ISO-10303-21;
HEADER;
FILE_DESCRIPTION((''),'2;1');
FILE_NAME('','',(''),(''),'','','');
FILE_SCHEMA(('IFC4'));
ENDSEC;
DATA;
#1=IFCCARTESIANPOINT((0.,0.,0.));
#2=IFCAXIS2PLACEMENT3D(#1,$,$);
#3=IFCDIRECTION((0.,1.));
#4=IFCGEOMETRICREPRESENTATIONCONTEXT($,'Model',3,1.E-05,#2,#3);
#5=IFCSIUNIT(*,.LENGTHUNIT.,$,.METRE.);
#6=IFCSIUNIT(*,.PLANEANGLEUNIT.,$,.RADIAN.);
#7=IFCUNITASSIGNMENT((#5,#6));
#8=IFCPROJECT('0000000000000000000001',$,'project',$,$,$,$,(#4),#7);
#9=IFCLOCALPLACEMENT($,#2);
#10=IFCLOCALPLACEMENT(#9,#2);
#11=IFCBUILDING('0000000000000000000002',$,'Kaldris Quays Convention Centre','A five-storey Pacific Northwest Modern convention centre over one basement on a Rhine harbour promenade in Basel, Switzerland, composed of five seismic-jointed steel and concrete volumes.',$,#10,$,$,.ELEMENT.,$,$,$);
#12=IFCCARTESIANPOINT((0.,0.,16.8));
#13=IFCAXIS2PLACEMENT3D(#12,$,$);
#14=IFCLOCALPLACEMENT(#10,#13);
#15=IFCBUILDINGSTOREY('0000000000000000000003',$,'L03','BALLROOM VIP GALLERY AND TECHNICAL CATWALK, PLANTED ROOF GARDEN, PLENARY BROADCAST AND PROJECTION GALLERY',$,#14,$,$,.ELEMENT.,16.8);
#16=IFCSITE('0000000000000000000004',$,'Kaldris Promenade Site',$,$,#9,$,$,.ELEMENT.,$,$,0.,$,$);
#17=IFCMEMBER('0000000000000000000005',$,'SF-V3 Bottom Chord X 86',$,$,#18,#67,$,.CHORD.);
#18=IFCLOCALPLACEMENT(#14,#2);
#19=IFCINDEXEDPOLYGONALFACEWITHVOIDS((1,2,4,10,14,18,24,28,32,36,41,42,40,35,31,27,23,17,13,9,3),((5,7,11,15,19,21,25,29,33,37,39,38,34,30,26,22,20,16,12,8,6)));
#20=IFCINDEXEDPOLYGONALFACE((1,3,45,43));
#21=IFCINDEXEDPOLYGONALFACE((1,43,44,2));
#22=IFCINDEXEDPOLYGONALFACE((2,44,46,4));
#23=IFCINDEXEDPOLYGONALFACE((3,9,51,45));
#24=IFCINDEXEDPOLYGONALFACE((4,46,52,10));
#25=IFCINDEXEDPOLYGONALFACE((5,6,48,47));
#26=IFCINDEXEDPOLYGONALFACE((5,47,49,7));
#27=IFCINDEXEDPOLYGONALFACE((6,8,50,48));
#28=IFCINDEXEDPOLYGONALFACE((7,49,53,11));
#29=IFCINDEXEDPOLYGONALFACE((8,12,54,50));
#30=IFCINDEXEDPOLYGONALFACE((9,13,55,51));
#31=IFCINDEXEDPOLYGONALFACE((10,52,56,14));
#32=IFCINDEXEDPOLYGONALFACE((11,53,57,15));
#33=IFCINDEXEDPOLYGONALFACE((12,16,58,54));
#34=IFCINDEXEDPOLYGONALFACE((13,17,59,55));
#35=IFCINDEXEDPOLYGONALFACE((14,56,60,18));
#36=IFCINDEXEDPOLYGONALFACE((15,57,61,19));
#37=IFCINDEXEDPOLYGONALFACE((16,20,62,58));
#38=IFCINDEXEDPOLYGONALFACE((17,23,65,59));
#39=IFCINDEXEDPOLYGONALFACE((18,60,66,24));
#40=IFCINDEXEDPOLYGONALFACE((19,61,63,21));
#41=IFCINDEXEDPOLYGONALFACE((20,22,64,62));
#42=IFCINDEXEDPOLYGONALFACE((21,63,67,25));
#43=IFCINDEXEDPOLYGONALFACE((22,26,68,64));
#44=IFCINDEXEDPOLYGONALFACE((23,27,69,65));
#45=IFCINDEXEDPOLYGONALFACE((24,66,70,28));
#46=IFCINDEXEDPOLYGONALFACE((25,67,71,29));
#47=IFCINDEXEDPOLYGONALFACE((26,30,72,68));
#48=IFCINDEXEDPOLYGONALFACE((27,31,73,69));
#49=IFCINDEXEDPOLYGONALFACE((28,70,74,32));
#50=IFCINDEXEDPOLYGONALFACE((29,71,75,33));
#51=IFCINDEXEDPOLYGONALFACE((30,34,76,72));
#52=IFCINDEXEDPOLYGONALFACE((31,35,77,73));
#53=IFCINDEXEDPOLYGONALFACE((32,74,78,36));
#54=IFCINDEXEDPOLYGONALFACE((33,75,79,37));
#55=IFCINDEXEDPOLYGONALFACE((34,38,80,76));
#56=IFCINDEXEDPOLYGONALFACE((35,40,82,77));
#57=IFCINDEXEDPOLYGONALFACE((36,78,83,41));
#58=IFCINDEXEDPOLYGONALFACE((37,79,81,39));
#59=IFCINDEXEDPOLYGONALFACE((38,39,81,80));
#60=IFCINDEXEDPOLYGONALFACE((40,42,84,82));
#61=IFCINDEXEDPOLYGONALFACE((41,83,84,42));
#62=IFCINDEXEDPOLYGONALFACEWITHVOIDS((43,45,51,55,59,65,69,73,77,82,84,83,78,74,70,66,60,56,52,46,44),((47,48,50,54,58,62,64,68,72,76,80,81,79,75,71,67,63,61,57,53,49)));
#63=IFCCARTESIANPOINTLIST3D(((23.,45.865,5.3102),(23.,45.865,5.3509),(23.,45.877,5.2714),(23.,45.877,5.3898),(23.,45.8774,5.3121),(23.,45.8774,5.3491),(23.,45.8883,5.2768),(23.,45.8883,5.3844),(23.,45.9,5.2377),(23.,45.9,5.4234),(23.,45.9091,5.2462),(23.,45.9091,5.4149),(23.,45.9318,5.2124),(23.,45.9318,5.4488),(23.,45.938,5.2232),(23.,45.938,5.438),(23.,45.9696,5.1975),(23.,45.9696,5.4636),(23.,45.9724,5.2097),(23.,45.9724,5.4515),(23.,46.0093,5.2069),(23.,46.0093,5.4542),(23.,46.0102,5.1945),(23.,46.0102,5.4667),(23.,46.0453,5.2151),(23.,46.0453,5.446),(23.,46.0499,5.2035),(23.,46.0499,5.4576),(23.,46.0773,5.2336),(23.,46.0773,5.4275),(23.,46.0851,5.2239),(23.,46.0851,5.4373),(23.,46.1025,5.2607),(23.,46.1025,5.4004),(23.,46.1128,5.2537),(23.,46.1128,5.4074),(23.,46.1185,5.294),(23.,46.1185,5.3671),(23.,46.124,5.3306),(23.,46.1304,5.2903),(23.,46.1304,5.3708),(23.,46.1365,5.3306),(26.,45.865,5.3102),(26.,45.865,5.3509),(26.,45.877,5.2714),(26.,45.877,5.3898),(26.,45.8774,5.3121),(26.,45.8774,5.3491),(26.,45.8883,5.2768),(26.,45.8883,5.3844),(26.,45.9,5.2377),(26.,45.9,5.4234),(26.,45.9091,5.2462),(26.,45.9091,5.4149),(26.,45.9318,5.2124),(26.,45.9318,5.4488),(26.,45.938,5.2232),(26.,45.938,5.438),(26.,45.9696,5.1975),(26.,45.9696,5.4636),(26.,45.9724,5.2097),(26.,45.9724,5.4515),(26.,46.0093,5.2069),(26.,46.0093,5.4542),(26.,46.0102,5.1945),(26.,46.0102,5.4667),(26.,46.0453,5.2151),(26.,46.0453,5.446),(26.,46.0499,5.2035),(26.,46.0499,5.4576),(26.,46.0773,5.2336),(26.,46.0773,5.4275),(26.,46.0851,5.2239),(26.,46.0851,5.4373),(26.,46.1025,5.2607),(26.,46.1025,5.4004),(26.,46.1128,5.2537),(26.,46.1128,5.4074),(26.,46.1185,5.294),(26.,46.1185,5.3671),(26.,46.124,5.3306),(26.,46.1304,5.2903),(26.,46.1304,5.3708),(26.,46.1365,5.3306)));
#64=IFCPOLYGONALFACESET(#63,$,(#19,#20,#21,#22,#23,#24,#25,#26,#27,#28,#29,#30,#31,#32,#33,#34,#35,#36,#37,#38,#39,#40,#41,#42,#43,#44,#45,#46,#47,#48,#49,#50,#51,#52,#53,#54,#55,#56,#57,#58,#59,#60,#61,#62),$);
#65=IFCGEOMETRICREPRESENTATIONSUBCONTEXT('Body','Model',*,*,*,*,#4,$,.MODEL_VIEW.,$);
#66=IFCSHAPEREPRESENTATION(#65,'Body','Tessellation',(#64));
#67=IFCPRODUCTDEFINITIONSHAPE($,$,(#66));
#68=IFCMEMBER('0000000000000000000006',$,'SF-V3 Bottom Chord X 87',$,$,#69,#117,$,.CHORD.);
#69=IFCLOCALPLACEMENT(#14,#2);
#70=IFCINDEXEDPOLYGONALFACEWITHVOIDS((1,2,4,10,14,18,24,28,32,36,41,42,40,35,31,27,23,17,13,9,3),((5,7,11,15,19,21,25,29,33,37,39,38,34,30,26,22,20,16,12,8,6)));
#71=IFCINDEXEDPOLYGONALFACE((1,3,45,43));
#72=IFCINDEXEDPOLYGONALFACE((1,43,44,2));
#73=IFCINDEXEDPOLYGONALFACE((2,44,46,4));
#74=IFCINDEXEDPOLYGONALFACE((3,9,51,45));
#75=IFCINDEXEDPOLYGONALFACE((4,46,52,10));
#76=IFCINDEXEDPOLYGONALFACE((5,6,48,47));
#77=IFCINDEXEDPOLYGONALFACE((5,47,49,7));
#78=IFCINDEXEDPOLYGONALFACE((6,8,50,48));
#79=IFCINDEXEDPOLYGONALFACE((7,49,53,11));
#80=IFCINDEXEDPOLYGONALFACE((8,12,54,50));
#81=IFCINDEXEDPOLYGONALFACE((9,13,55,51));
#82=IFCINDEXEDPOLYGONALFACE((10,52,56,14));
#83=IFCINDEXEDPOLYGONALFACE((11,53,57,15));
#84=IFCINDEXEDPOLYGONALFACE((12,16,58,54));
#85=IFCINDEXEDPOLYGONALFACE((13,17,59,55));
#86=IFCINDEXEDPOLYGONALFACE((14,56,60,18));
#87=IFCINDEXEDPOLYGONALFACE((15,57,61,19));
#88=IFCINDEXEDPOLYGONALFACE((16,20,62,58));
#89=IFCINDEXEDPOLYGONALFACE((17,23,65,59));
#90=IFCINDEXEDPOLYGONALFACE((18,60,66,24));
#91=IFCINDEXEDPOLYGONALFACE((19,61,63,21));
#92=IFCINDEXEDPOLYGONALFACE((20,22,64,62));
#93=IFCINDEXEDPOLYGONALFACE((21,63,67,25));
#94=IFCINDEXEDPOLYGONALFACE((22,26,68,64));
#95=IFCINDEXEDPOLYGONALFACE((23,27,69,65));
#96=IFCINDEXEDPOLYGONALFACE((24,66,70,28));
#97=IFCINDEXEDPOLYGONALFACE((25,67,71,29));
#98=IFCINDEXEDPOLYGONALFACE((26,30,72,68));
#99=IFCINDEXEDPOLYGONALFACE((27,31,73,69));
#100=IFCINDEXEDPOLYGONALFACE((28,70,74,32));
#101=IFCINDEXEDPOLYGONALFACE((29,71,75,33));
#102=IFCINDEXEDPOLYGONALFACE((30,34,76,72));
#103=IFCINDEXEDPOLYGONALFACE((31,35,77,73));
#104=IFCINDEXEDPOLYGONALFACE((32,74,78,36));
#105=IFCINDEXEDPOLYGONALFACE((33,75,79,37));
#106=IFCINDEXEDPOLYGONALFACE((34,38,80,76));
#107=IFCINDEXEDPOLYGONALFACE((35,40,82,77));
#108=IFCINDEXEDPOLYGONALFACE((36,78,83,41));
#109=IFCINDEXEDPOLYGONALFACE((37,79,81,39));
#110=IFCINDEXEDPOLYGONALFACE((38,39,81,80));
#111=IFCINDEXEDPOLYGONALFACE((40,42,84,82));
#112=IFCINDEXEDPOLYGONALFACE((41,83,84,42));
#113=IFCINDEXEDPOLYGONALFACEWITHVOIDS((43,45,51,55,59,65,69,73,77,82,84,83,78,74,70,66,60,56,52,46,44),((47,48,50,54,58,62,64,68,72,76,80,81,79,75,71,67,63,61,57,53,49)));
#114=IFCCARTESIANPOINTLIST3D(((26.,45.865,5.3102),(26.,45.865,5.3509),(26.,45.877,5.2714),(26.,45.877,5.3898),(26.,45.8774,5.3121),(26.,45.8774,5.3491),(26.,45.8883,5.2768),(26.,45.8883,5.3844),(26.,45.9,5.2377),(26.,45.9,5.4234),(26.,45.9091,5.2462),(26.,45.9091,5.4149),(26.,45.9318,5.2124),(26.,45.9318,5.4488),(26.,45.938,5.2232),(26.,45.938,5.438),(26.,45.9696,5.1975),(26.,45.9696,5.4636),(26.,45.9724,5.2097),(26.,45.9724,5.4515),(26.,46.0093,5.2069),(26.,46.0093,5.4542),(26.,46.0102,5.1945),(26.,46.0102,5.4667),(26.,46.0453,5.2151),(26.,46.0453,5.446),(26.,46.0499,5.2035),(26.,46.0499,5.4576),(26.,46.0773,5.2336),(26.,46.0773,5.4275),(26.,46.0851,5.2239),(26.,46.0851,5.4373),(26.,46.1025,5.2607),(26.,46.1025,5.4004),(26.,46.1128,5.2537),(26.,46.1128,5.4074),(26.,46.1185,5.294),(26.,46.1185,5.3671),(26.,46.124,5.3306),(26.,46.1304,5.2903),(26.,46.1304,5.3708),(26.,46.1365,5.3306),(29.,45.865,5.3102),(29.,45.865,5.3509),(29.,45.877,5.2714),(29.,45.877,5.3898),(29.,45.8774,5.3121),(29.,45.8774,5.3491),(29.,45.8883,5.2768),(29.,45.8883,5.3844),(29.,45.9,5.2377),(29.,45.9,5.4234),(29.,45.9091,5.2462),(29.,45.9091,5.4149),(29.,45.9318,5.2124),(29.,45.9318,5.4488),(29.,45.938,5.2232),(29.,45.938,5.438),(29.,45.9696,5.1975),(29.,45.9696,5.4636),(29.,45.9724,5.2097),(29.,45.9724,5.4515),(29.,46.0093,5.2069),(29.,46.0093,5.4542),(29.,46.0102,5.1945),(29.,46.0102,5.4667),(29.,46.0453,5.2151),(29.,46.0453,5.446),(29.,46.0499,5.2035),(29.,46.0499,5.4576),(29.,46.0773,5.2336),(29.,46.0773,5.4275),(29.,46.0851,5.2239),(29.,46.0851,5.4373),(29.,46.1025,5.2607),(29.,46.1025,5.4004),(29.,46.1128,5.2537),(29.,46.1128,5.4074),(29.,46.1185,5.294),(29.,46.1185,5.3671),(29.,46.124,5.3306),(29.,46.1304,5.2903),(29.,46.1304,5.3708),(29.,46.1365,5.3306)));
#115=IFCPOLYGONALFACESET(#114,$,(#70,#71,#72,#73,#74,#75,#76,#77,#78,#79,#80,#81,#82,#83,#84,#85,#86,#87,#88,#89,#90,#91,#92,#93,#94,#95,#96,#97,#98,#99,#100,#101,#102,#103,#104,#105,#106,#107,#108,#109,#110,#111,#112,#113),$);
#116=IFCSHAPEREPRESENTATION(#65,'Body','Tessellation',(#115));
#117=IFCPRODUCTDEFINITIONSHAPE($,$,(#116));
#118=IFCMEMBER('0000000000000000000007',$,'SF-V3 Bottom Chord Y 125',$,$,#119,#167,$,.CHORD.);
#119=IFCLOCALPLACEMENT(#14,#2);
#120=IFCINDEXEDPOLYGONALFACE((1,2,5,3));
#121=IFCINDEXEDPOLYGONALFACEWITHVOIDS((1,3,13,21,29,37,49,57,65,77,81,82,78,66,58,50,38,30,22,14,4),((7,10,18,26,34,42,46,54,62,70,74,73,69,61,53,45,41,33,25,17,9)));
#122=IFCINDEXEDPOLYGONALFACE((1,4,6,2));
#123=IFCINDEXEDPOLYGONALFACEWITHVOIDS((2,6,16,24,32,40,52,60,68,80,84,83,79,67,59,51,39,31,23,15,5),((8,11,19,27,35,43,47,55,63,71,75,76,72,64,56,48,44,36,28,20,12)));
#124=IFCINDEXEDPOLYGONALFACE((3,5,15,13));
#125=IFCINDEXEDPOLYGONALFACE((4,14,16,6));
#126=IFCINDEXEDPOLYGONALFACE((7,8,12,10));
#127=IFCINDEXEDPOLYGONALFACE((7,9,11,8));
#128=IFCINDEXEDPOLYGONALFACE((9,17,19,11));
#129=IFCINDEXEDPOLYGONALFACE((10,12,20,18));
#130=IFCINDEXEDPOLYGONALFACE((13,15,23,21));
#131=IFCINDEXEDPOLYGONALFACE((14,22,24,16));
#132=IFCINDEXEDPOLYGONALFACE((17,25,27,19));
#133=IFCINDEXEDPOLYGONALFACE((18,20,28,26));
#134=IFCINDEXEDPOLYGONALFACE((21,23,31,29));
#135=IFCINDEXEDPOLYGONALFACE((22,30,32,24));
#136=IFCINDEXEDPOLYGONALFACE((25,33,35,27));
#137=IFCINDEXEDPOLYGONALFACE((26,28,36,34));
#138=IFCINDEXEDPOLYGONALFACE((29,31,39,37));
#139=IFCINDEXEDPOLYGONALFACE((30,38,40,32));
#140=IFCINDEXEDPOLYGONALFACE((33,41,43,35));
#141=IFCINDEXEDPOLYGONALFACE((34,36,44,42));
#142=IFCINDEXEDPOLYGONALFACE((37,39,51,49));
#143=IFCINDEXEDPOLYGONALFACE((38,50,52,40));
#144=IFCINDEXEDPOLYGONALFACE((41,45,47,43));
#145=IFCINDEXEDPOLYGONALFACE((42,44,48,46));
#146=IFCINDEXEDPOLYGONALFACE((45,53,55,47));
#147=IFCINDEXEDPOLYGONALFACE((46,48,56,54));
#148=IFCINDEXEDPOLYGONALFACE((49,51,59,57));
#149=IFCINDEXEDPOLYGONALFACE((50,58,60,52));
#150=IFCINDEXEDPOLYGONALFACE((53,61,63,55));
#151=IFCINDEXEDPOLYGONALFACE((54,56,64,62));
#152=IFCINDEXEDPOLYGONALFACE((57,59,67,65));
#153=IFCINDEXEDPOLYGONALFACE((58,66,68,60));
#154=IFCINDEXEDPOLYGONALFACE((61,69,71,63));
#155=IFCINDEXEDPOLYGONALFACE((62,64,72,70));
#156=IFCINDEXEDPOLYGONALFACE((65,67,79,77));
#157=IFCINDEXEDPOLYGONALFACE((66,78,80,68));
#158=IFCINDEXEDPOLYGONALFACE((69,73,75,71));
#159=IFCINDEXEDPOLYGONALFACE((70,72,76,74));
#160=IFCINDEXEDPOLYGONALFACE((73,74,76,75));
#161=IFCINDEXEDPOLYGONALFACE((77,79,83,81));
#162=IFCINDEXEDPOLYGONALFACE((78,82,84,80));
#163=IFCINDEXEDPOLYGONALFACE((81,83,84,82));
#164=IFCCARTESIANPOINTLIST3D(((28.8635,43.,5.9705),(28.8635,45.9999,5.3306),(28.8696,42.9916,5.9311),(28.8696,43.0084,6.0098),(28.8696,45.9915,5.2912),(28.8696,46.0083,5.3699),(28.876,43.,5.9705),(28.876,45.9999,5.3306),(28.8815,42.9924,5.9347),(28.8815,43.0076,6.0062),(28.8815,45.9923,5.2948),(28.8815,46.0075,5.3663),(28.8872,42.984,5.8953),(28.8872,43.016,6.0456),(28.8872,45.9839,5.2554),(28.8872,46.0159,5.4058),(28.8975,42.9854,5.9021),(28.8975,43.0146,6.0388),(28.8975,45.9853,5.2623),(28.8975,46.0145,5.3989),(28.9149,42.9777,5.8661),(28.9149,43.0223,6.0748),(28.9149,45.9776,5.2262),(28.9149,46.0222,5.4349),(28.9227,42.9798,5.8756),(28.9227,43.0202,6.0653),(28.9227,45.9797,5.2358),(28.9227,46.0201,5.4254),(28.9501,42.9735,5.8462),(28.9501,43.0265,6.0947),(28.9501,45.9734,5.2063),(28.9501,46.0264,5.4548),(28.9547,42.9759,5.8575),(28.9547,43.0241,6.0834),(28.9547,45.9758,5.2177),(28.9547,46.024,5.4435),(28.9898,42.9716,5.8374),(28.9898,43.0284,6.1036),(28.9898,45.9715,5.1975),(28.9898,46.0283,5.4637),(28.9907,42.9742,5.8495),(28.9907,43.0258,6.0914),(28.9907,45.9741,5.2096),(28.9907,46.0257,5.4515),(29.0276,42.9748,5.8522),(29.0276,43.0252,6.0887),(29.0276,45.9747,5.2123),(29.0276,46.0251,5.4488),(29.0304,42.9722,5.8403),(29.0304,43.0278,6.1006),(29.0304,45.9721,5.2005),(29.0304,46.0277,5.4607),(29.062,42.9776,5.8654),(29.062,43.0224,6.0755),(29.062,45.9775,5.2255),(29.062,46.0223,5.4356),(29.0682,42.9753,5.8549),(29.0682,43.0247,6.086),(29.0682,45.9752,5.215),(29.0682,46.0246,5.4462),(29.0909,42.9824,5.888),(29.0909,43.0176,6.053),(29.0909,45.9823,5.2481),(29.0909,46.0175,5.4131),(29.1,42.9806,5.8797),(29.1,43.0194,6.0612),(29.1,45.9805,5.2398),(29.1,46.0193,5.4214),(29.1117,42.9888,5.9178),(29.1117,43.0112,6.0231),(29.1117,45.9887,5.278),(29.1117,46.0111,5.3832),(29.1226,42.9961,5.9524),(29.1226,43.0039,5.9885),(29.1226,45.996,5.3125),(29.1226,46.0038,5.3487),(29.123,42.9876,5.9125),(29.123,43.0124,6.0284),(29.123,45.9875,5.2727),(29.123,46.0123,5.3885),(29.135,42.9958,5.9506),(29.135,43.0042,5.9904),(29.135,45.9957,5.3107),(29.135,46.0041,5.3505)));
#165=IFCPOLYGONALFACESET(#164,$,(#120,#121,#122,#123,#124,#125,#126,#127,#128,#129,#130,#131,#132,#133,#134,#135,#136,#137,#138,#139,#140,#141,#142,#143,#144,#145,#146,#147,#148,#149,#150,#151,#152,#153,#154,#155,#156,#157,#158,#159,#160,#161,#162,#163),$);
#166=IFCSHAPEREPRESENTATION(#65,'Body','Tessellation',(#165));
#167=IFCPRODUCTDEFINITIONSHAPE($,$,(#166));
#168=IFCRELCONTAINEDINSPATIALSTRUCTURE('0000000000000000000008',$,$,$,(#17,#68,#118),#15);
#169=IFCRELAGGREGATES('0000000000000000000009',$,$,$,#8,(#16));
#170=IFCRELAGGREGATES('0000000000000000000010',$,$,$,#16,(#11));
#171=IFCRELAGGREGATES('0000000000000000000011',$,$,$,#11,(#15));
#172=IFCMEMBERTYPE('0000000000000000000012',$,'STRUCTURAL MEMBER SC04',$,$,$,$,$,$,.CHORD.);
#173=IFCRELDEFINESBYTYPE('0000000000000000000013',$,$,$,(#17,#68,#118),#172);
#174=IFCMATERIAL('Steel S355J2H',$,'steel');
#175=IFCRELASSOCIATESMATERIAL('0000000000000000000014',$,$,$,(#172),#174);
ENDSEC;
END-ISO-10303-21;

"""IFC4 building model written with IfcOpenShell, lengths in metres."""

from ifc_helpers import new_model, si_unit, direction, frame, origin, origin_2d, place, context, subcontext, project, spatial, hollow_circle, extrude, material, material_profile, profile_set, type_object, element, save


model = new_model("IFC4")

# Units and contexts
model_context = context("Model", 3, precision=1e-05, world=origin(), true_north=direction((0.0, 1.0)))
body_context = subcontext(model_context, "Body", "Model", "MODEL_VIEW")
ifc_project = project(units=[si_unit("LENGTHUNIT", "METRE"), si_unit("PLANEANGLEUNIT", "RADIAN")], contexts=[model_context])

# Site, building, storey
site_placement = place(None, origin())
site = spatial("IfcSite", under=ifc_project, at=site_placement, Name="Kaldris Promenade Site", CompositionType="ELEMENT", RefElevation=0.0)
building_placement = place(site_placement, origin())
building = spatial("IfcBuilding", under=site, at=building_placement, Name="Kaldris Quays Convention Centre", Description="A five-storey Pacific Northwest Modern convention centre over one basement on a Rhine harbour promenade in Basel, Switzerland, composed of five seismic-jointed steel and concrete volumes.", CompositionType="ELEMENT")
storey_placement = place(building_placement, frame((0.0, 0.0, 16.8)))
storey = spatial("IfcBuildingStorey", under=building, at=storey_placement, Name="L03", Description="BALLROOM VIP GALLERY AND TECHNICAL CATWALK, PLANTED ROOF GARDEN, PLENARY BROADCAST AND PROJECTION GALLERY", CompositionType="ELEMENT", Elevation=16.8)

# Members
ifc_material_1 = material(Name="Steel S355J2H", Category="steel")
ifc_material_profile_1 = material_profile(ifc_material_1, hollow_circle(Radius=0.1365, WallThickness=0.0125, at=origin_2d()), Name="CHS 273x12.5")
ifc_profile_set_1 = profile_set([ifc_material_profile_1], Name="Steel S355J2H")
member_type_1 = type_object("IfcMemberType", Name="STRUCTURAL MEMBER SC04", PredefinedType="CHORD", material=ifc_profile_set_1)
for number, where, z_axis, x_axis, name in (
    (1, (23.0, 46.0, 5.3306), (1.0, 0.0, 0.0), (0.0, 1.0, 0.0), "SF-V3 Bottom Chord X 86"),
    (2, (26.0, 46.0, 5.3306), (1.0, 0.0, 0.0), (0.0, 1.0, 0.0), "SF-V3 Bottom Chord X 87"),
):
    element("IfcMember", number, at=place(storey_placement, frame(where, z_axis=z_axis, x_axis=x_axis)), inside=storey, type_object=member_type_1, Name=name, PredefinedType="CHORD", context=body_context, shape_type="SweptSolid", body=[
        extrude(hollow_circle(Radius=0.1365, WallThickness=0.0125, at=origin_2d()), origin(), (0.0, 0.0, 1.0), 3.0),
    ])
member_1_placement = place(storey_placement, frame((29.0, 43.0, 5.9705), z_axis=(0.0, 0.978, -0.208605), x_axis=(-1.0, 0.0, 0.0)))
element("IfcMember", 3, at=member_1_placement, inside=storey, type_object=member_type_1, Name="SF-V3 Bottom Chord Y 125", PredefinedType="CHORD", context=body_context, shape_type="SweptSolid", body=[
    extrude(hollow_circle(Radius=0.1365, WallThickness=0.0125, at=origin_2d()), origin(), (0.0, 0.0, 1.0), 3.0674),
])

save(model, "model.ifc")
